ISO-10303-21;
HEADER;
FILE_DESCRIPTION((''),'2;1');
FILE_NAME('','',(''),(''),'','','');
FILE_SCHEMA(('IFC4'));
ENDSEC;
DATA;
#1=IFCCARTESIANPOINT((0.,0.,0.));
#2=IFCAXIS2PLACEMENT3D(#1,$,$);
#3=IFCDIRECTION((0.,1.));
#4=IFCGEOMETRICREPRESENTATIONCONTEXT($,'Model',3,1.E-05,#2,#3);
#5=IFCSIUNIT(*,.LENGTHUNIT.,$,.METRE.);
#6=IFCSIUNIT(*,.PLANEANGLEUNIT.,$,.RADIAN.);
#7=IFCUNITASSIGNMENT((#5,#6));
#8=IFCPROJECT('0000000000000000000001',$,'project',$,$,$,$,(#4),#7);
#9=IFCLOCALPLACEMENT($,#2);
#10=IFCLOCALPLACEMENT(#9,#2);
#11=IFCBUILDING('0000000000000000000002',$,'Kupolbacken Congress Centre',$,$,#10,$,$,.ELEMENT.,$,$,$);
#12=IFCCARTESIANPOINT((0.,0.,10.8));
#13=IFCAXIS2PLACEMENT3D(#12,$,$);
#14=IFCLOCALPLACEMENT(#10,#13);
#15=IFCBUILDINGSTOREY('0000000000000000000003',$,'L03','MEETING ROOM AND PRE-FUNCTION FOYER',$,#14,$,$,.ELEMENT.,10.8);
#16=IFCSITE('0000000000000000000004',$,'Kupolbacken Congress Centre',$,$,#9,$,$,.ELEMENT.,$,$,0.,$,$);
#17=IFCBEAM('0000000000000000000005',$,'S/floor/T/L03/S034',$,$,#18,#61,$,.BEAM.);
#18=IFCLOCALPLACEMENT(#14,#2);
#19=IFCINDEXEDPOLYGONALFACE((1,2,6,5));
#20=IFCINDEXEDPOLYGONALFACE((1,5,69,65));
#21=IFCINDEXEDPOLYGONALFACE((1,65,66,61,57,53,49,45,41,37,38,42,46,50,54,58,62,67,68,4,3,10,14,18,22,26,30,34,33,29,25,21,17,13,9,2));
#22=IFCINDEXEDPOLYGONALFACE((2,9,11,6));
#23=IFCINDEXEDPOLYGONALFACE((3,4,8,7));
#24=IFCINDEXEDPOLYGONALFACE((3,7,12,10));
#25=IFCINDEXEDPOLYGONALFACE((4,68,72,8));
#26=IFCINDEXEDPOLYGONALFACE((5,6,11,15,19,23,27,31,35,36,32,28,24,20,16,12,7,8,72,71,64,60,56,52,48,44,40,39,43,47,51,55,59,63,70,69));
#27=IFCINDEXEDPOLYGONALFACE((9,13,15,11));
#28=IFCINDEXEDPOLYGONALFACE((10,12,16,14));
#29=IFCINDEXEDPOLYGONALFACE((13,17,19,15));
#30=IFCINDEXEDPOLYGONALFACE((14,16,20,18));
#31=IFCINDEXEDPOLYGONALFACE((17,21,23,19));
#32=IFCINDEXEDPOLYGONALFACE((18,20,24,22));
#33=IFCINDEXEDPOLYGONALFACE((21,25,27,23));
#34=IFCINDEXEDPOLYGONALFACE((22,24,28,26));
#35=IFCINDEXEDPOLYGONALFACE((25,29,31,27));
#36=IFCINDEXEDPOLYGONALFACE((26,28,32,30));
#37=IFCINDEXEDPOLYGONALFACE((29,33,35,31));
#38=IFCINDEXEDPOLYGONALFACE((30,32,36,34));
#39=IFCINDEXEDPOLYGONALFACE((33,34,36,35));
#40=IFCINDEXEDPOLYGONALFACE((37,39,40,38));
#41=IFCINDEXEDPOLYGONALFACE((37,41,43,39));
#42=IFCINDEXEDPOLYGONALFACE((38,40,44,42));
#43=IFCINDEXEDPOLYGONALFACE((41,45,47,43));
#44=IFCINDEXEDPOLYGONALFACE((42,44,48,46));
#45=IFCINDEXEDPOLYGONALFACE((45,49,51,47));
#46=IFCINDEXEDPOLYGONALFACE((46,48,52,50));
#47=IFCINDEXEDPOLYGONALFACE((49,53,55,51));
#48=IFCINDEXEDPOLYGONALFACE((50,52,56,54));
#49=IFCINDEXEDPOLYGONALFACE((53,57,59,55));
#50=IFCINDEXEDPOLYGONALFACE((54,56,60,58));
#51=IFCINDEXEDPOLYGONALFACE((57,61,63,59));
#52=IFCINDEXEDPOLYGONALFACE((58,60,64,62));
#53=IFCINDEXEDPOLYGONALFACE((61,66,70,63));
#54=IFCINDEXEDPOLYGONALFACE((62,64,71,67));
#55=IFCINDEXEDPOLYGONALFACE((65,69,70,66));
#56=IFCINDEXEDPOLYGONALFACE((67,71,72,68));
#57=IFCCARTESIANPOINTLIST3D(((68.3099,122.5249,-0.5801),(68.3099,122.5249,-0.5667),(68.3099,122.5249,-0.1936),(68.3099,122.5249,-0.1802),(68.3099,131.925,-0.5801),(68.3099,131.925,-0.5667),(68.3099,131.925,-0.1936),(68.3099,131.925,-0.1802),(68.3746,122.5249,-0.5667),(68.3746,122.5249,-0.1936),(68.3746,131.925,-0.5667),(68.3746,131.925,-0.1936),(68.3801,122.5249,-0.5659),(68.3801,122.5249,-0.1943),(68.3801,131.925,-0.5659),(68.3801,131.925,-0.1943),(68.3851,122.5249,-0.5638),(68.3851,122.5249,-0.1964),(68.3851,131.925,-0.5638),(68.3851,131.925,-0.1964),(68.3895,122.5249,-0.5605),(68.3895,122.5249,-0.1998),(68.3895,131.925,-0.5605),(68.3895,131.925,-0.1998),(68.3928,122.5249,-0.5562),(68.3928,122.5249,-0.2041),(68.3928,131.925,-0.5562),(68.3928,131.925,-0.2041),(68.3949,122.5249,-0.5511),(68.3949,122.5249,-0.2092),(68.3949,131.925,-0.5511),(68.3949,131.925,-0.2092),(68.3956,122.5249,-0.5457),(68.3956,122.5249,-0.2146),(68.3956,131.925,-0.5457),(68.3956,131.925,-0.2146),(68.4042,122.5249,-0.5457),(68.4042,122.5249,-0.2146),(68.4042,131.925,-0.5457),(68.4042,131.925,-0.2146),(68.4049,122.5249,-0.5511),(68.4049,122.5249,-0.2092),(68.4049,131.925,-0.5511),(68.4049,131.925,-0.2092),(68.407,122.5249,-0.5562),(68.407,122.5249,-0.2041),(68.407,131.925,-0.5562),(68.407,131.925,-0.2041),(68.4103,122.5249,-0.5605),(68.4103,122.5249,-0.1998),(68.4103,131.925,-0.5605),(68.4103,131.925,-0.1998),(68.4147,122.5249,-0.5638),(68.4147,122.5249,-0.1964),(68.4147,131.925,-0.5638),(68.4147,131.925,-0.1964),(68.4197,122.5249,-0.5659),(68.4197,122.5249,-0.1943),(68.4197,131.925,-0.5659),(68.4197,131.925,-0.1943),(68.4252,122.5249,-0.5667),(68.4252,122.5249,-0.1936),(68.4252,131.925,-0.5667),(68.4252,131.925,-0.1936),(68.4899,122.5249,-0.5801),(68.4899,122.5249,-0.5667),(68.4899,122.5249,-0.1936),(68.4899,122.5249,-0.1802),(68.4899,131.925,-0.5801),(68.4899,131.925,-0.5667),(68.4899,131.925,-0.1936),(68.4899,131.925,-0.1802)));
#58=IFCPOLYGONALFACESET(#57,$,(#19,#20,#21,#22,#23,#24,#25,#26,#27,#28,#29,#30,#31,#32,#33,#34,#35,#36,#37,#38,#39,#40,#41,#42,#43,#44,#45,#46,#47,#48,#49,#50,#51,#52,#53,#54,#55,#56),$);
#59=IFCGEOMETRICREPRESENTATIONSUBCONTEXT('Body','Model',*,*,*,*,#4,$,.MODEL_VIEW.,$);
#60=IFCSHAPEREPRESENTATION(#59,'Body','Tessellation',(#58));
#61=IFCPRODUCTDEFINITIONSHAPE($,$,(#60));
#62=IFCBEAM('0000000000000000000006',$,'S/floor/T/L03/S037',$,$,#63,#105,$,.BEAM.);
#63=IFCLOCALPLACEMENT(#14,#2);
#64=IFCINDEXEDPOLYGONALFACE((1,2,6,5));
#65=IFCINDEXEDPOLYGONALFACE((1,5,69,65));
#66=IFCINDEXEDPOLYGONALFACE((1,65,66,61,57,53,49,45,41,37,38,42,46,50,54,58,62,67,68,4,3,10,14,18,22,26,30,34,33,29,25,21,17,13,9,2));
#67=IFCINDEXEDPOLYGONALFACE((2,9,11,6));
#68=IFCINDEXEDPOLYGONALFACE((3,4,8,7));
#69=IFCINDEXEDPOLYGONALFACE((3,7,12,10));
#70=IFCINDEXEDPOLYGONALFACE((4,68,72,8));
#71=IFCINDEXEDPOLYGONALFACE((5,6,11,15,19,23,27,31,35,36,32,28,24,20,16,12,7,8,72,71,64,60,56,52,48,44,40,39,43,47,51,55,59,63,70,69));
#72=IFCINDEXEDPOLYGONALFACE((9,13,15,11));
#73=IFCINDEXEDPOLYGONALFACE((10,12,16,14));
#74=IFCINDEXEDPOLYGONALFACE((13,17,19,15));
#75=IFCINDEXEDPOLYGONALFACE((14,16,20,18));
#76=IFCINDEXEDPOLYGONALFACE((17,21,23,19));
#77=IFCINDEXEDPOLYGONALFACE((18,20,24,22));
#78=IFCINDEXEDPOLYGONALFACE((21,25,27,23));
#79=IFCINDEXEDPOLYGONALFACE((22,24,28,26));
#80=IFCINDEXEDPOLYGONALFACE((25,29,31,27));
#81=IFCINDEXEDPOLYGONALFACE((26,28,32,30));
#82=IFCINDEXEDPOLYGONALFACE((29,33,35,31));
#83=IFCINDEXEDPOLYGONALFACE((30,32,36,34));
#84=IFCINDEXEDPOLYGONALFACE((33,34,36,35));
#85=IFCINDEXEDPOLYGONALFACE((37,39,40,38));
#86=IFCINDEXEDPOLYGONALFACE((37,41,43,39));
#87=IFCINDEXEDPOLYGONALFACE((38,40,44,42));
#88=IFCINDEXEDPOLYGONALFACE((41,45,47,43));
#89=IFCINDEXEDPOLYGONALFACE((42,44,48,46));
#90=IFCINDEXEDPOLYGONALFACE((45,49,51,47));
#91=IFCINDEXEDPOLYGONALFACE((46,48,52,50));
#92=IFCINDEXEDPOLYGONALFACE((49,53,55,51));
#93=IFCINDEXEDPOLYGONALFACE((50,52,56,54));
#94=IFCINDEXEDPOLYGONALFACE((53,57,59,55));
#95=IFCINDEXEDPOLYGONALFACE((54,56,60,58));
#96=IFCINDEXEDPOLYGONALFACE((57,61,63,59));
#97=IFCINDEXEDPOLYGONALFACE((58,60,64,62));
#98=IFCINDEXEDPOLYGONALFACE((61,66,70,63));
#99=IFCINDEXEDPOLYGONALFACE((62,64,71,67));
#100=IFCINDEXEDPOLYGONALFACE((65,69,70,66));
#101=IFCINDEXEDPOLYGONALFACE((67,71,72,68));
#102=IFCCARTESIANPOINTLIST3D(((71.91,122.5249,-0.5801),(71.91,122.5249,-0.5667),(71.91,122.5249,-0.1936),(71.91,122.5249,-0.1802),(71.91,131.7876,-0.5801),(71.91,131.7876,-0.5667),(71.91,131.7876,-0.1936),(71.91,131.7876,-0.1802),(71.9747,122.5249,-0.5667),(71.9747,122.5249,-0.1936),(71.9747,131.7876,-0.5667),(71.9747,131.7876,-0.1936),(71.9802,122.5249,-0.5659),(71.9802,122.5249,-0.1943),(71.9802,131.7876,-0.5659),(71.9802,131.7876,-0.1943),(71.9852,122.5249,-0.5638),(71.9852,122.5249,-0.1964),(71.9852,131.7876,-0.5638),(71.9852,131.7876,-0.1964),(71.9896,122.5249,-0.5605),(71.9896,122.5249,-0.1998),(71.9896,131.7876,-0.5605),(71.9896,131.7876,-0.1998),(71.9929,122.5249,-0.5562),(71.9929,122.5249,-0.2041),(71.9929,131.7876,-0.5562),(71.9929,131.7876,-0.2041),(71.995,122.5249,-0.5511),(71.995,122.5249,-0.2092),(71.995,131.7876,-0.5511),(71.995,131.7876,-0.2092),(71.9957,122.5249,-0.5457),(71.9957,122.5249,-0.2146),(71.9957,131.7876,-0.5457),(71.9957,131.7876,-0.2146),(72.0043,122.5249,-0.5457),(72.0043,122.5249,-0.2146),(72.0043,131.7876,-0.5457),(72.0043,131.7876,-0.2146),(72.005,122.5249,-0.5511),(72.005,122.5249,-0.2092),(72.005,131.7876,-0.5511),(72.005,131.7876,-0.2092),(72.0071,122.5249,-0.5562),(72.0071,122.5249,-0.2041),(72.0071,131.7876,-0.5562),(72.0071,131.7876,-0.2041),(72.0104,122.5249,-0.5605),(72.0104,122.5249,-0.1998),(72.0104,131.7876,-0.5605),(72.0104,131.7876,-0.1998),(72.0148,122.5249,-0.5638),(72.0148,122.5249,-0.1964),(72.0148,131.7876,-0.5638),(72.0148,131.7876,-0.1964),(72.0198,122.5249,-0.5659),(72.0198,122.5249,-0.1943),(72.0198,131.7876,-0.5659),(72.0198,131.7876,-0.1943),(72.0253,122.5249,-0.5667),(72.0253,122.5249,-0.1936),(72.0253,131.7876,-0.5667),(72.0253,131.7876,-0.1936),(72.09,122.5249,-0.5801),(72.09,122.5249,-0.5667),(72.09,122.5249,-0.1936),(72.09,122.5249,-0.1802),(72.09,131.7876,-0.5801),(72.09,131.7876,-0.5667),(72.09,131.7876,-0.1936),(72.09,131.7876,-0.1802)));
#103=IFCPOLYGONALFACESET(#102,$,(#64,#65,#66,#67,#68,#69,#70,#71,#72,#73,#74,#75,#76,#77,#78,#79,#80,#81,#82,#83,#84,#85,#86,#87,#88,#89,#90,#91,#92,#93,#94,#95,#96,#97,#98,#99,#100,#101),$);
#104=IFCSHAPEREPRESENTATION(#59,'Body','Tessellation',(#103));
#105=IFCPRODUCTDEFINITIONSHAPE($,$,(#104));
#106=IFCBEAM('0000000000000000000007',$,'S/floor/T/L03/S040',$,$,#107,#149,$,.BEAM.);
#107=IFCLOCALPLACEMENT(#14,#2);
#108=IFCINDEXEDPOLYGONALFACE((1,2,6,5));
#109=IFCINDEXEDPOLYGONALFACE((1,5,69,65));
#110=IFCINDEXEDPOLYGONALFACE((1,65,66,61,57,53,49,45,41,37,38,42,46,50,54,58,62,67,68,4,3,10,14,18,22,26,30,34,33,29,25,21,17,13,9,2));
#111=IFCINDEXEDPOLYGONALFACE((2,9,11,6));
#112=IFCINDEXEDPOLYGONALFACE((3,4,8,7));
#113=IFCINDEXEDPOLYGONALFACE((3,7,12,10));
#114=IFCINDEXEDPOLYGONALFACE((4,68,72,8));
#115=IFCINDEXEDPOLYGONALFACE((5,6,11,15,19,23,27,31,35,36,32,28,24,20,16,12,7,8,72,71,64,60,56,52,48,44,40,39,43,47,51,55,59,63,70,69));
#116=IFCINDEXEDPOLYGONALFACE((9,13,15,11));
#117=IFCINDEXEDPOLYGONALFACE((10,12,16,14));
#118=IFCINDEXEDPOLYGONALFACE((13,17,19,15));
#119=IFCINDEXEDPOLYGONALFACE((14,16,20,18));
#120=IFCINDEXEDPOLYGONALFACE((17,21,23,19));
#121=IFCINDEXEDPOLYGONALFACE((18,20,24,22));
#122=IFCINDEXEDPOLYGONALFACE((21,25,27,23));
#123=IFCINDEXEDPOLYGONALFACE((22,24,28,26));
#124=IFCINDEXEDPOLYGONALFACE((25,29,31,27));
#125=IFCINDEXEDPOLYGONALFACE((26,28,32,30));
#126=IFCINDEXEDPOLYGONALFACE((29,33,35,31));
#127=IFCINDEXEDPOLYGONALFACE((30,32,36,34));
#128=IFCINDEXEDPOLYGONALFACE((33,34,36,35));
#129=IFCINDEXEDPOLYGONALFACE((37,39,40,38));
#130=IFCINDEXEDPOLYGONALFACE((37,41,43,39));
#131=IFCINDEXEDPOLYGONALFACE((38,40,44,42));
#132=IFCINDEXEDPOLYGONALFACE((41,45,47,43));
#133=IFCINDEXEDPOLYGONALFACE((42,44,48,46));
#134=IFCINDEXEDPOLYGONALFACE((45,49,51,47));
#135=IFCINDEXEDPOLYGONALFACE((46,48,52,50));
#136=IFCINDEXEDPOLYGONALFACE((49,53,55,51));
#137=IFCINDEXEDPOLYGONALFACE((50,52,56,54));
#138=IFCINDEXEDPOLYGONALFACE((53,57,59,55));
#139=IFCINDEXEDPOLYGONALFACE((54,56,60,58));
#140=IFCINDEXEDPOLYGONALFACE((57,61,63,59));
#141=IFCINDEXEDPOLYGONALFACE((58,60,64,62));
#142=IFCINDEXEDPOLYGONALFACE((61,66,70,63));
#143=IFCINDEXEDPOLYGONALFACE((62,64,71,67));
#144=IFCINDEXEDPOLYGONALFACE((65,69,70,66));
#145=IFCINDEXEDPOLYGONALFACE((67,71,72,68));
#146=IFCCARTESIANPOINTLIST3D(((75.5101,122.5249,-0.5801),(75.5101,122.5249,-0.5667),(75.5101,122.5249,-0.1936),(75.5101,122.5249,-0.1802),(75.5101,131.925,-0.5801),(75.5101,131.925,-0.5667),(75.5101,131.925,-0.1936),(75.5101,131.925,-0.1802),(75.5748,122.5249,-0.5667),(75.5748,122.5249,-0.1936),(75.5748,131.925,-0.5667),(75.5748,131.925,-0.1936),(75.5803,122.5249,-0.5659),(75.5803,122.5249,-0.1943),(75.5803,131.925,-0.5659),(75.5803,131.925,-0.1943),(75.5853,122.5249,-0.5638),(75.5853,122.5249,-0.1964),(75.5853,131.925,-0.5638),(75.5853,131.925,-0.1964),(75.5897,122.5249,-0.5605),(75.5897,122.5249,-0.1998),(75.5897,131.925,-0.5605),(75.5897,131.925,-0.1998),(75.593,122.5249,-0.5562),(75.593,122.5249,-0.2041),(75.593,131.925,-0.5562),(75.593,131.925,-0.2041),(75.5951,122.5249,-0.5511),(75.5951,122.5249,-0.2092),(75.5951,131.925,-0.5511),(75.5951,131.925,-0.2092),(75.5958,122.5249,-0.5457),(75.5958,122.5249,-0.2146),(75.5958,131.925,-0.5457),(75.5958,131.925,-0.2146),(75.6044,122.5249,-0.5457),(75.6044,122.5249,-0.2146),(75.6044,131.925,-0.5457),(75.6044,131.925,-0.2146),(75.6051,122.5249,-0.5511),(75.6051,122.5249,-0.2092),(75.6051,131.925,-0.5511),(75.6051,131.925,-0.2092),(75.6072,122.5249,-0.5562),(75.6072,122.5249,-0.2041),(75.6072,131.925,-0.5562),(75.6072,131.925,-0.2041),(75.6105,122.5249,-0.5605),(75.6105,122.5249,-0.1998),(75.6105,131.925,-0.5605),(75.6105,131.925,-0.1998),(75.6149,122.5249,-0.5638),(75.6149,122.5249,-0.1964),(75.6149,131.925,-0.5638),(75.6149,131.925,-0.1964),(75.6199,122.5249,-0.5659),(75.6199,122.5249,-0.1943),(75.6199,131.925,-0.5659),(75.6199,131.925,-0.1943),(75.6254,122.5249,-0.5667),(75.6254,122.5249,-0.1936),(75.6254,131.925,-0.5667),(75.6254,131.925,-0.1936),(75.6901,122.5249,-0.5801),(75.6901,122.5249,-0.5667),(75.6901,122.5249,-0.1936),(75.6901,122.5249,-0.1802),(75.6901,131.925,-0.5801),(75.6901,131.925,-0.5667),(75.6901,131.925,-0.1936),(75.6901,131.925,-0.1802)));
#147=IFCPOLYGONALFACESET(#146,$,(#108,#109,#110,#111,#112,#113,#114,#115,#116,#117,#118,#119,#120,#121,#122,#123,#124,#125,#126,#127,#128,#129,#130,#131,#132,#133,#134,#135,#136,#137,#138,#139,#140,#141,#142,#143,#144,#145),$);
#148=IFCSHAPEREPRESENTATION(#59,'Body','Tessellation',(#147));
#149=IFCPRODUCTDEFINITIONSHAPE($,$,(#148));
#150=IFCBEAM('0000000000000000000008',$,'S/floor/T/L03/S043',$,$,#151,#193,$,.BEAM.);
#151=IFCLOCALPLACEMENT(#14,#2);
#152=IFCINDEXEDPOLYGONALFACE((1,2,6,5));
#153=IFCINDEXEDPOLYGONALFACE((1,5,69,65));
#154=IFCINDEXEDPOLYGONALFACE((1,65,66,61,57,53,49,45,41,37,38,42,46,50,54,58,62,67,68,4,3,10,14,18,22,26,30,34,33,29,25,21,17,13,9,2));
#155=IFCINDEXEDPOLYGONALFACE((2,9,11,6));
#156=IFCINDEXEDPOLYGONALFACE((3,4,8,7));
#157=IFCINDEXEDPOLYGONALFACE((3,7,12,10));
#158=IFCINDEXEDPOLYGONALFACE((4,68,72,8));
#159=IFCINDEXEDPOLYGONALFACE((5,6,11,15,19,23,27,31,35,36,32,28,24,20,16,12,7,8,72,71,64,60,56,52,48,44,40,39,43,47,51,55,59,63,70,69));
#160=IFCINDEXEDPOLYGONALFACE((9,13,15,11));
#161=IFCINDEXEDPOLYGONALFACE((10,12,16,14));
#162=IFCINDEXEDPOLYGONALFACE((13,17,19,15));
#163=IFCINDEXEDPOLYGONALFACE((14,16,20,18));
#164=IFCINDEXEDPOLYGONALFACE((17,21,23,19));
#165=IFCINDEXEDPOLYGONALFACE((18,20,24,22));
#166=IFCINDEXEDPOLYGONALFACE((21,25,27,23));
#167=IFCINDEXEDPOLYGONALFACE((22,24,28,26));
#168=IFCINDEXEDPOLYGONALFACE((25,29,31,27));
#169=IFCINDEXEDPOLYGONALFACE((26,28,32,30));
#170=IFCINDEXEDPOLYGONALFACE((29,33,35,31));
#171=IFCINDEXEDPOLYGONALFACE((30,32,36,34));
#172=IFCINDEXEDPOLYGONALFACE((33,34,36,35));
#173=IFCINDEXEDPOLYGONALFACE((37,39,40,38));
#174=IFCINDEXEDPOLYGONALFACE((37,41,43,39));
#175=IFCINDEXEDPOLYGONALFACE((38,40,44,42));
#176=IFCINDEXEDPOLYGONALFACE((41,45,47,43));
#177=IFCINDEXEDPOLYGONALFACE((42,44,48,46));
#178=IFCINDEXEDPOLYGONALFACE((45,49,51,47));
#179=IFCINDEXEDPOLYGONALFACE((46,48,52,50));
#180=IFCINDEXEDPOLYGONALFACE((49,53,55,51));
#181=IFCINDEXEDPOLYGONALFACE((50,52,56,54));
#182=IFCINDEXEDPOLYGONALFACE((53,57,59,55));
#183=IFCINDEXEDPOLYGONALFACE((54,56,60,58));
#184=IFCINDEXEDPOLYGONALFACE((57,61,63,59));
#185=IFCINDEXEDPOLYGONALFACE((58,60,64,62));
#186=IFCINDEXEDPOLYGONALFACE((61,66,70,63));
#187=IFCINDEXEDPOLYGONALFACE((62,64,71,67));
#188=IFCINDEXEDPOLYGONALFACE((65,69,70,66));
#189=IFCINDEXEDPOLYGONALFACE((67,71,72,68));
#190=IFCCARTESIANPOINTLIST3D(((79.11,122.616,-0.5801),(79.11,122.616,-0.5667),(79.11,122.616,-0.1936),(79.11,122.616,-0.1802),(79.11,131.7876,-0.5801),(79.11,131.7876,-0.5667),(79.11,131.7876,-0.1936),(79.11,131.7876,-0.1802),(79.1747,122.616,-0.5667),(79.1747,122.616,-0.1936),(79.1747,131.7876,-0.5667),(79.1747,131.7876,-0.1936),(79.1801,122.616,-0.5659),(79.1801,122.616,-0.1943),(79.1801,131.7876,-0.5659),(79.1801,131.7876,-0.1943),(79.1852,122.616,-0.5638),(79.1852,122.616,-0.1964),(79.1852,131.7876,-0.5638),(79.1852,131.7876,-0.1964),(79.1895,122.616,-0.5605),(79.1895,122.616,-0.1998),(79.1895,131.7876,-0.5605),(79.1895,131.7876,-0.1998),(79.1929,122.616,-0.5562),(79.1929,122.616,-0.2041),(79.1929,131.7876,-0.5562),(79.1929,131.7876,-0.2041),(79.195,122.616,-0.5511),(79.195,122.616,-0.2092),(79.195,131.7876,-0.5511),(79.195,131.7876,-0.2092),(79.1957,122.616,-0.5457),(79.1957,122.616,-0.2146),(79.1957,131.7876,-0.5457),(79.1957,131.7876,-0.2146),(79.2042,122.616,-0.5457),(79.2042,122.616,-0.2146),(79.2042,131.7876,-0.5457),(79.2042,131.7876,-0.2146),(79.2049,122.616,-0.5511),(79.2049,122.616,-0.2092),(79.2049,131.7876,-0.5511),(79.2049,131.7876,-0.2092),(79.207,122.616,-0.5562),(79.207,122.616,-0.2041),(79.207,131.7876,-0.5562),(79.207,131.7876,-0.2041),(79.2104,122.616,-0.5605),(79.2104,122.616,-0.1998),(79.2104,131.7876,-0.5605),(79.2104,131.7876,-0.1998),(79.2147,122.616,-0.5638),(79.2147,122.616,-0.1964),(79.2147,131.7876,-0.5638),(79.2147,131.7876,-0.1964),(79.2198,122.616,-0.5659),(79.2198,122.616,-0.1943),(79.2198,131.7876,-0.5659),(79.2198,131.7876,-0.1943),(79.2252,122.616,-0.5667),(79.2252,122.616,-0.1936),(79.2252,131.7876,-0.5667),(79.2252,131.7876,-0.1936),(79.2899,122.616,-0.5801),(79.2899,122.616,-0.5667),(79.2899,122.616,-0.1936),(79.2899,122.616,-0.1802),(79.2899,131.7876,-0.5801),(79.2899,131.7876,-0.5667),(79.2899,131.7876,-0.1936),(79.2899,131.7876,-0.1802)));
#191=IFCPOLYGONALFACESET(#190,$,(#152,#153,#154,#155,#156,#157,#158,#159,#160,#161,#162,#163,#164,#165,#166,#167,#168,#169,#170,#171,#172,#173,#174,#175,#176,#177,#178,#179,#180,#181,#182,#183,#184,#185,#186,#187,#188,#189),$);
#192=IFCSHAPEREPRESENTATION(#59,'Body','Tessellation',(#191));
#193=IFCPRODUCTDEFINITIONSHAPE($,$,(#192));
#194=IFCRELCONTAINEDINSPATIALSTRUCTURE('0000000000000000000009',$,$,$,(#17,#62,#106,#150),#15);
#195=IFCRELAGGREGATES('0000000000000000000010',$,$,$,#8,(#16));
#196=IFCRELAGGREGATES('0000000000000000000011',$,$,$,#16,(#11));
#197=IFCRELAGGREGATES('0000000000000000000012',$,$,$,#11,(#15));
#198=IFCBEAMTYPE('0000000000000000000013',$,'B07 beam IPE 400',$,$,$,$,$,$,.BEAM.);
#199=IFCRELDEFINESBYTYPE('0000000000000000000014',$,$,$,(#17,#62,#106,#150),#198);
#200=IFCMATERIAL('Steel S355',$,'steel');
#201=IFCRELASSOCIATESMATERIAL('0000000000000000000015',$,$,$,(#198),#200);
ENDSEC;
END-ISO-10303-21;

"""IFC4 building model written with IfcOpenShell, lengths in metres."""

from ifc_helpers import new_model, si_unit, direction, frame, origin, origin_2d, place, context, subcontext, project, spatial, i_section, extrude, material, material_profile, profile_set, type_object, element, save


model = new_model("IFC4")

# Units and contexts
model_context = context("Model", 3, precision=1e-05, world=origin(), true_north=direction((0.0, 1.0)))
body_context = subcontext(model_context, "Body", "Model", "MODEL_VIEW")
ifc_project = project(units=[si_unit("LENGTHUNIT", "METRE"), si_unit("PLANEANGLEUNIT", "RADIAN")], contexts=[model_context])

# Site, building, storey
site_placement = place(None, origin())
site = spatial("IfcSite", under=ifc_project, at=site_placement, Name="Kupolbacken Congress Centre", CompositionType="ELEMENT", RefElevation=0.0)
building_placement = place(site_placement, origin())
building = spatial("IfcBuilding", under=site, at=building_placement, Name="Kupolbacken Congress Centre", CompositionType="ELEMENT")
storey_placement = place(building_placement, frame((0.0, 0.0, 10.8)))
storey = spatial("IfcBuildingStorey", under=building, at=storey_placement, Name="L03", Description="MEETING ROOM AND PRE-FUNCTION FOYER", CompositionType="ELEMENT", Elevation=10.8)

# Beams
ifc_material_1 = material(Name="Steel S355", Category="steel")
ifc_material_profile_1 = material_profile(ifc_material_1, i_section(OverallWidth=0.1799, OverallDepth=0.3999, WebThickness=0.0085, FlangeThickness=0.0134, FilletRadius=0.021, at=origin_2d()), Name="IPE 400")
ifc_profile_set_1 = profile_set([ifc_material_profile_1], Name="Steel S355")
beam_type_1 = type_object("IfcBeamType", Name="B07 beam IPE 400", PredefinedType="BEAM", material=ifc_profile_set_1)
beam_1_placement = place(storey_placement, frame((68.3999, 122.5249, -0.3801), z_axis=(0.0, 1.0, 0.0), x_axis=(-1.0, 0.0, 0.0)))
element("IfcBeam", 1, at=beam_1_placement, inside=storey, type_object=beam_type_1, Name="S/floor/T/L03/S034", PredefinedType="BEAM", context=body_context, shape_type="SweptSolid", body=[
    extrude(i_section(OverallWidth=0.1799, OverallDepth=0.3999, WebThickness=0.0085, FlangeThickness=0.0134, FilletRadius=0.021, at=origin_2d()), origin(), (0.0, 0.0, 1.0), 9.4001),
])
beam_2_placement = place(storey_placement, frame((72.0, 122.5249, -0.3801), z_axis=(0.0, 1.0, 0.0), x_axis=(-1.0, 0.0, 0.0)))
element("IfcBeam", 2, at=beam_2_placement, inside=storey, type_object=beam_type_1, Name="S/floor/T/L03/S037", PredefinedType="BEAM", context=body_context, shape_type="SweptSolid", body=[
    extrude(i_section(OverallWidth=0.1799, OverallDepth=0.3999, WebThickness=0.0085, FlangeThickness=0.0134, FilletRadius=0.021, at=origin_2d()), origin(), (0.0, 0.0, 1.0), 9.2627),
])
beam_3_placement = place(storey_placement, frame((75.6001, 122.5249, -0.3801), z_axis=(0.0, 1.0, 0.0), x_axis=(-1.0, 0.0, 0.0)))
element("IfcBeam", 3, at=beam_3_placement, inside=storey, type_object=beam_type_1, Name="S/floor/T/L03/S040", PredefinedType="BEAM", context=body_context, shape_type="SweptSolid", body=[
    extrude(i_section(OverallWidth=0.1799, OverallDepth=0.3999, WebThickness=0.0085, FlangeThickness=0.0134, FilletRadius=0.021, at=origin_2d()), origin(), (0.0, 0.0, 1.0), 9.4001),
])
beam_4_placement = place(storey_placement, frame((79.2, 122.616, -0.3801), z_axis=(0.0, 1.0, 0.0), x_axis=(-1.0, 0.0, 0.0)))
element("IfcBeam", 4, at=beam_4_placement, inside=storey, type_object=beam_type_1, Name="S/floor/T/L03/S043", PredefinedType="BEAM", context=body_context, shape_type="SweptSolid", body=[
    extrude(i_section(OverallWidth=0.1799, OverallDepth=0.3999, WebThickness=0.0085, FlangeThickness=0.0134, FilletRadius=0.021, at=origin_2d()), origin(), (0.0, 0.0, 1.0), 9.1716),
])

save(model, "model.ifc")
